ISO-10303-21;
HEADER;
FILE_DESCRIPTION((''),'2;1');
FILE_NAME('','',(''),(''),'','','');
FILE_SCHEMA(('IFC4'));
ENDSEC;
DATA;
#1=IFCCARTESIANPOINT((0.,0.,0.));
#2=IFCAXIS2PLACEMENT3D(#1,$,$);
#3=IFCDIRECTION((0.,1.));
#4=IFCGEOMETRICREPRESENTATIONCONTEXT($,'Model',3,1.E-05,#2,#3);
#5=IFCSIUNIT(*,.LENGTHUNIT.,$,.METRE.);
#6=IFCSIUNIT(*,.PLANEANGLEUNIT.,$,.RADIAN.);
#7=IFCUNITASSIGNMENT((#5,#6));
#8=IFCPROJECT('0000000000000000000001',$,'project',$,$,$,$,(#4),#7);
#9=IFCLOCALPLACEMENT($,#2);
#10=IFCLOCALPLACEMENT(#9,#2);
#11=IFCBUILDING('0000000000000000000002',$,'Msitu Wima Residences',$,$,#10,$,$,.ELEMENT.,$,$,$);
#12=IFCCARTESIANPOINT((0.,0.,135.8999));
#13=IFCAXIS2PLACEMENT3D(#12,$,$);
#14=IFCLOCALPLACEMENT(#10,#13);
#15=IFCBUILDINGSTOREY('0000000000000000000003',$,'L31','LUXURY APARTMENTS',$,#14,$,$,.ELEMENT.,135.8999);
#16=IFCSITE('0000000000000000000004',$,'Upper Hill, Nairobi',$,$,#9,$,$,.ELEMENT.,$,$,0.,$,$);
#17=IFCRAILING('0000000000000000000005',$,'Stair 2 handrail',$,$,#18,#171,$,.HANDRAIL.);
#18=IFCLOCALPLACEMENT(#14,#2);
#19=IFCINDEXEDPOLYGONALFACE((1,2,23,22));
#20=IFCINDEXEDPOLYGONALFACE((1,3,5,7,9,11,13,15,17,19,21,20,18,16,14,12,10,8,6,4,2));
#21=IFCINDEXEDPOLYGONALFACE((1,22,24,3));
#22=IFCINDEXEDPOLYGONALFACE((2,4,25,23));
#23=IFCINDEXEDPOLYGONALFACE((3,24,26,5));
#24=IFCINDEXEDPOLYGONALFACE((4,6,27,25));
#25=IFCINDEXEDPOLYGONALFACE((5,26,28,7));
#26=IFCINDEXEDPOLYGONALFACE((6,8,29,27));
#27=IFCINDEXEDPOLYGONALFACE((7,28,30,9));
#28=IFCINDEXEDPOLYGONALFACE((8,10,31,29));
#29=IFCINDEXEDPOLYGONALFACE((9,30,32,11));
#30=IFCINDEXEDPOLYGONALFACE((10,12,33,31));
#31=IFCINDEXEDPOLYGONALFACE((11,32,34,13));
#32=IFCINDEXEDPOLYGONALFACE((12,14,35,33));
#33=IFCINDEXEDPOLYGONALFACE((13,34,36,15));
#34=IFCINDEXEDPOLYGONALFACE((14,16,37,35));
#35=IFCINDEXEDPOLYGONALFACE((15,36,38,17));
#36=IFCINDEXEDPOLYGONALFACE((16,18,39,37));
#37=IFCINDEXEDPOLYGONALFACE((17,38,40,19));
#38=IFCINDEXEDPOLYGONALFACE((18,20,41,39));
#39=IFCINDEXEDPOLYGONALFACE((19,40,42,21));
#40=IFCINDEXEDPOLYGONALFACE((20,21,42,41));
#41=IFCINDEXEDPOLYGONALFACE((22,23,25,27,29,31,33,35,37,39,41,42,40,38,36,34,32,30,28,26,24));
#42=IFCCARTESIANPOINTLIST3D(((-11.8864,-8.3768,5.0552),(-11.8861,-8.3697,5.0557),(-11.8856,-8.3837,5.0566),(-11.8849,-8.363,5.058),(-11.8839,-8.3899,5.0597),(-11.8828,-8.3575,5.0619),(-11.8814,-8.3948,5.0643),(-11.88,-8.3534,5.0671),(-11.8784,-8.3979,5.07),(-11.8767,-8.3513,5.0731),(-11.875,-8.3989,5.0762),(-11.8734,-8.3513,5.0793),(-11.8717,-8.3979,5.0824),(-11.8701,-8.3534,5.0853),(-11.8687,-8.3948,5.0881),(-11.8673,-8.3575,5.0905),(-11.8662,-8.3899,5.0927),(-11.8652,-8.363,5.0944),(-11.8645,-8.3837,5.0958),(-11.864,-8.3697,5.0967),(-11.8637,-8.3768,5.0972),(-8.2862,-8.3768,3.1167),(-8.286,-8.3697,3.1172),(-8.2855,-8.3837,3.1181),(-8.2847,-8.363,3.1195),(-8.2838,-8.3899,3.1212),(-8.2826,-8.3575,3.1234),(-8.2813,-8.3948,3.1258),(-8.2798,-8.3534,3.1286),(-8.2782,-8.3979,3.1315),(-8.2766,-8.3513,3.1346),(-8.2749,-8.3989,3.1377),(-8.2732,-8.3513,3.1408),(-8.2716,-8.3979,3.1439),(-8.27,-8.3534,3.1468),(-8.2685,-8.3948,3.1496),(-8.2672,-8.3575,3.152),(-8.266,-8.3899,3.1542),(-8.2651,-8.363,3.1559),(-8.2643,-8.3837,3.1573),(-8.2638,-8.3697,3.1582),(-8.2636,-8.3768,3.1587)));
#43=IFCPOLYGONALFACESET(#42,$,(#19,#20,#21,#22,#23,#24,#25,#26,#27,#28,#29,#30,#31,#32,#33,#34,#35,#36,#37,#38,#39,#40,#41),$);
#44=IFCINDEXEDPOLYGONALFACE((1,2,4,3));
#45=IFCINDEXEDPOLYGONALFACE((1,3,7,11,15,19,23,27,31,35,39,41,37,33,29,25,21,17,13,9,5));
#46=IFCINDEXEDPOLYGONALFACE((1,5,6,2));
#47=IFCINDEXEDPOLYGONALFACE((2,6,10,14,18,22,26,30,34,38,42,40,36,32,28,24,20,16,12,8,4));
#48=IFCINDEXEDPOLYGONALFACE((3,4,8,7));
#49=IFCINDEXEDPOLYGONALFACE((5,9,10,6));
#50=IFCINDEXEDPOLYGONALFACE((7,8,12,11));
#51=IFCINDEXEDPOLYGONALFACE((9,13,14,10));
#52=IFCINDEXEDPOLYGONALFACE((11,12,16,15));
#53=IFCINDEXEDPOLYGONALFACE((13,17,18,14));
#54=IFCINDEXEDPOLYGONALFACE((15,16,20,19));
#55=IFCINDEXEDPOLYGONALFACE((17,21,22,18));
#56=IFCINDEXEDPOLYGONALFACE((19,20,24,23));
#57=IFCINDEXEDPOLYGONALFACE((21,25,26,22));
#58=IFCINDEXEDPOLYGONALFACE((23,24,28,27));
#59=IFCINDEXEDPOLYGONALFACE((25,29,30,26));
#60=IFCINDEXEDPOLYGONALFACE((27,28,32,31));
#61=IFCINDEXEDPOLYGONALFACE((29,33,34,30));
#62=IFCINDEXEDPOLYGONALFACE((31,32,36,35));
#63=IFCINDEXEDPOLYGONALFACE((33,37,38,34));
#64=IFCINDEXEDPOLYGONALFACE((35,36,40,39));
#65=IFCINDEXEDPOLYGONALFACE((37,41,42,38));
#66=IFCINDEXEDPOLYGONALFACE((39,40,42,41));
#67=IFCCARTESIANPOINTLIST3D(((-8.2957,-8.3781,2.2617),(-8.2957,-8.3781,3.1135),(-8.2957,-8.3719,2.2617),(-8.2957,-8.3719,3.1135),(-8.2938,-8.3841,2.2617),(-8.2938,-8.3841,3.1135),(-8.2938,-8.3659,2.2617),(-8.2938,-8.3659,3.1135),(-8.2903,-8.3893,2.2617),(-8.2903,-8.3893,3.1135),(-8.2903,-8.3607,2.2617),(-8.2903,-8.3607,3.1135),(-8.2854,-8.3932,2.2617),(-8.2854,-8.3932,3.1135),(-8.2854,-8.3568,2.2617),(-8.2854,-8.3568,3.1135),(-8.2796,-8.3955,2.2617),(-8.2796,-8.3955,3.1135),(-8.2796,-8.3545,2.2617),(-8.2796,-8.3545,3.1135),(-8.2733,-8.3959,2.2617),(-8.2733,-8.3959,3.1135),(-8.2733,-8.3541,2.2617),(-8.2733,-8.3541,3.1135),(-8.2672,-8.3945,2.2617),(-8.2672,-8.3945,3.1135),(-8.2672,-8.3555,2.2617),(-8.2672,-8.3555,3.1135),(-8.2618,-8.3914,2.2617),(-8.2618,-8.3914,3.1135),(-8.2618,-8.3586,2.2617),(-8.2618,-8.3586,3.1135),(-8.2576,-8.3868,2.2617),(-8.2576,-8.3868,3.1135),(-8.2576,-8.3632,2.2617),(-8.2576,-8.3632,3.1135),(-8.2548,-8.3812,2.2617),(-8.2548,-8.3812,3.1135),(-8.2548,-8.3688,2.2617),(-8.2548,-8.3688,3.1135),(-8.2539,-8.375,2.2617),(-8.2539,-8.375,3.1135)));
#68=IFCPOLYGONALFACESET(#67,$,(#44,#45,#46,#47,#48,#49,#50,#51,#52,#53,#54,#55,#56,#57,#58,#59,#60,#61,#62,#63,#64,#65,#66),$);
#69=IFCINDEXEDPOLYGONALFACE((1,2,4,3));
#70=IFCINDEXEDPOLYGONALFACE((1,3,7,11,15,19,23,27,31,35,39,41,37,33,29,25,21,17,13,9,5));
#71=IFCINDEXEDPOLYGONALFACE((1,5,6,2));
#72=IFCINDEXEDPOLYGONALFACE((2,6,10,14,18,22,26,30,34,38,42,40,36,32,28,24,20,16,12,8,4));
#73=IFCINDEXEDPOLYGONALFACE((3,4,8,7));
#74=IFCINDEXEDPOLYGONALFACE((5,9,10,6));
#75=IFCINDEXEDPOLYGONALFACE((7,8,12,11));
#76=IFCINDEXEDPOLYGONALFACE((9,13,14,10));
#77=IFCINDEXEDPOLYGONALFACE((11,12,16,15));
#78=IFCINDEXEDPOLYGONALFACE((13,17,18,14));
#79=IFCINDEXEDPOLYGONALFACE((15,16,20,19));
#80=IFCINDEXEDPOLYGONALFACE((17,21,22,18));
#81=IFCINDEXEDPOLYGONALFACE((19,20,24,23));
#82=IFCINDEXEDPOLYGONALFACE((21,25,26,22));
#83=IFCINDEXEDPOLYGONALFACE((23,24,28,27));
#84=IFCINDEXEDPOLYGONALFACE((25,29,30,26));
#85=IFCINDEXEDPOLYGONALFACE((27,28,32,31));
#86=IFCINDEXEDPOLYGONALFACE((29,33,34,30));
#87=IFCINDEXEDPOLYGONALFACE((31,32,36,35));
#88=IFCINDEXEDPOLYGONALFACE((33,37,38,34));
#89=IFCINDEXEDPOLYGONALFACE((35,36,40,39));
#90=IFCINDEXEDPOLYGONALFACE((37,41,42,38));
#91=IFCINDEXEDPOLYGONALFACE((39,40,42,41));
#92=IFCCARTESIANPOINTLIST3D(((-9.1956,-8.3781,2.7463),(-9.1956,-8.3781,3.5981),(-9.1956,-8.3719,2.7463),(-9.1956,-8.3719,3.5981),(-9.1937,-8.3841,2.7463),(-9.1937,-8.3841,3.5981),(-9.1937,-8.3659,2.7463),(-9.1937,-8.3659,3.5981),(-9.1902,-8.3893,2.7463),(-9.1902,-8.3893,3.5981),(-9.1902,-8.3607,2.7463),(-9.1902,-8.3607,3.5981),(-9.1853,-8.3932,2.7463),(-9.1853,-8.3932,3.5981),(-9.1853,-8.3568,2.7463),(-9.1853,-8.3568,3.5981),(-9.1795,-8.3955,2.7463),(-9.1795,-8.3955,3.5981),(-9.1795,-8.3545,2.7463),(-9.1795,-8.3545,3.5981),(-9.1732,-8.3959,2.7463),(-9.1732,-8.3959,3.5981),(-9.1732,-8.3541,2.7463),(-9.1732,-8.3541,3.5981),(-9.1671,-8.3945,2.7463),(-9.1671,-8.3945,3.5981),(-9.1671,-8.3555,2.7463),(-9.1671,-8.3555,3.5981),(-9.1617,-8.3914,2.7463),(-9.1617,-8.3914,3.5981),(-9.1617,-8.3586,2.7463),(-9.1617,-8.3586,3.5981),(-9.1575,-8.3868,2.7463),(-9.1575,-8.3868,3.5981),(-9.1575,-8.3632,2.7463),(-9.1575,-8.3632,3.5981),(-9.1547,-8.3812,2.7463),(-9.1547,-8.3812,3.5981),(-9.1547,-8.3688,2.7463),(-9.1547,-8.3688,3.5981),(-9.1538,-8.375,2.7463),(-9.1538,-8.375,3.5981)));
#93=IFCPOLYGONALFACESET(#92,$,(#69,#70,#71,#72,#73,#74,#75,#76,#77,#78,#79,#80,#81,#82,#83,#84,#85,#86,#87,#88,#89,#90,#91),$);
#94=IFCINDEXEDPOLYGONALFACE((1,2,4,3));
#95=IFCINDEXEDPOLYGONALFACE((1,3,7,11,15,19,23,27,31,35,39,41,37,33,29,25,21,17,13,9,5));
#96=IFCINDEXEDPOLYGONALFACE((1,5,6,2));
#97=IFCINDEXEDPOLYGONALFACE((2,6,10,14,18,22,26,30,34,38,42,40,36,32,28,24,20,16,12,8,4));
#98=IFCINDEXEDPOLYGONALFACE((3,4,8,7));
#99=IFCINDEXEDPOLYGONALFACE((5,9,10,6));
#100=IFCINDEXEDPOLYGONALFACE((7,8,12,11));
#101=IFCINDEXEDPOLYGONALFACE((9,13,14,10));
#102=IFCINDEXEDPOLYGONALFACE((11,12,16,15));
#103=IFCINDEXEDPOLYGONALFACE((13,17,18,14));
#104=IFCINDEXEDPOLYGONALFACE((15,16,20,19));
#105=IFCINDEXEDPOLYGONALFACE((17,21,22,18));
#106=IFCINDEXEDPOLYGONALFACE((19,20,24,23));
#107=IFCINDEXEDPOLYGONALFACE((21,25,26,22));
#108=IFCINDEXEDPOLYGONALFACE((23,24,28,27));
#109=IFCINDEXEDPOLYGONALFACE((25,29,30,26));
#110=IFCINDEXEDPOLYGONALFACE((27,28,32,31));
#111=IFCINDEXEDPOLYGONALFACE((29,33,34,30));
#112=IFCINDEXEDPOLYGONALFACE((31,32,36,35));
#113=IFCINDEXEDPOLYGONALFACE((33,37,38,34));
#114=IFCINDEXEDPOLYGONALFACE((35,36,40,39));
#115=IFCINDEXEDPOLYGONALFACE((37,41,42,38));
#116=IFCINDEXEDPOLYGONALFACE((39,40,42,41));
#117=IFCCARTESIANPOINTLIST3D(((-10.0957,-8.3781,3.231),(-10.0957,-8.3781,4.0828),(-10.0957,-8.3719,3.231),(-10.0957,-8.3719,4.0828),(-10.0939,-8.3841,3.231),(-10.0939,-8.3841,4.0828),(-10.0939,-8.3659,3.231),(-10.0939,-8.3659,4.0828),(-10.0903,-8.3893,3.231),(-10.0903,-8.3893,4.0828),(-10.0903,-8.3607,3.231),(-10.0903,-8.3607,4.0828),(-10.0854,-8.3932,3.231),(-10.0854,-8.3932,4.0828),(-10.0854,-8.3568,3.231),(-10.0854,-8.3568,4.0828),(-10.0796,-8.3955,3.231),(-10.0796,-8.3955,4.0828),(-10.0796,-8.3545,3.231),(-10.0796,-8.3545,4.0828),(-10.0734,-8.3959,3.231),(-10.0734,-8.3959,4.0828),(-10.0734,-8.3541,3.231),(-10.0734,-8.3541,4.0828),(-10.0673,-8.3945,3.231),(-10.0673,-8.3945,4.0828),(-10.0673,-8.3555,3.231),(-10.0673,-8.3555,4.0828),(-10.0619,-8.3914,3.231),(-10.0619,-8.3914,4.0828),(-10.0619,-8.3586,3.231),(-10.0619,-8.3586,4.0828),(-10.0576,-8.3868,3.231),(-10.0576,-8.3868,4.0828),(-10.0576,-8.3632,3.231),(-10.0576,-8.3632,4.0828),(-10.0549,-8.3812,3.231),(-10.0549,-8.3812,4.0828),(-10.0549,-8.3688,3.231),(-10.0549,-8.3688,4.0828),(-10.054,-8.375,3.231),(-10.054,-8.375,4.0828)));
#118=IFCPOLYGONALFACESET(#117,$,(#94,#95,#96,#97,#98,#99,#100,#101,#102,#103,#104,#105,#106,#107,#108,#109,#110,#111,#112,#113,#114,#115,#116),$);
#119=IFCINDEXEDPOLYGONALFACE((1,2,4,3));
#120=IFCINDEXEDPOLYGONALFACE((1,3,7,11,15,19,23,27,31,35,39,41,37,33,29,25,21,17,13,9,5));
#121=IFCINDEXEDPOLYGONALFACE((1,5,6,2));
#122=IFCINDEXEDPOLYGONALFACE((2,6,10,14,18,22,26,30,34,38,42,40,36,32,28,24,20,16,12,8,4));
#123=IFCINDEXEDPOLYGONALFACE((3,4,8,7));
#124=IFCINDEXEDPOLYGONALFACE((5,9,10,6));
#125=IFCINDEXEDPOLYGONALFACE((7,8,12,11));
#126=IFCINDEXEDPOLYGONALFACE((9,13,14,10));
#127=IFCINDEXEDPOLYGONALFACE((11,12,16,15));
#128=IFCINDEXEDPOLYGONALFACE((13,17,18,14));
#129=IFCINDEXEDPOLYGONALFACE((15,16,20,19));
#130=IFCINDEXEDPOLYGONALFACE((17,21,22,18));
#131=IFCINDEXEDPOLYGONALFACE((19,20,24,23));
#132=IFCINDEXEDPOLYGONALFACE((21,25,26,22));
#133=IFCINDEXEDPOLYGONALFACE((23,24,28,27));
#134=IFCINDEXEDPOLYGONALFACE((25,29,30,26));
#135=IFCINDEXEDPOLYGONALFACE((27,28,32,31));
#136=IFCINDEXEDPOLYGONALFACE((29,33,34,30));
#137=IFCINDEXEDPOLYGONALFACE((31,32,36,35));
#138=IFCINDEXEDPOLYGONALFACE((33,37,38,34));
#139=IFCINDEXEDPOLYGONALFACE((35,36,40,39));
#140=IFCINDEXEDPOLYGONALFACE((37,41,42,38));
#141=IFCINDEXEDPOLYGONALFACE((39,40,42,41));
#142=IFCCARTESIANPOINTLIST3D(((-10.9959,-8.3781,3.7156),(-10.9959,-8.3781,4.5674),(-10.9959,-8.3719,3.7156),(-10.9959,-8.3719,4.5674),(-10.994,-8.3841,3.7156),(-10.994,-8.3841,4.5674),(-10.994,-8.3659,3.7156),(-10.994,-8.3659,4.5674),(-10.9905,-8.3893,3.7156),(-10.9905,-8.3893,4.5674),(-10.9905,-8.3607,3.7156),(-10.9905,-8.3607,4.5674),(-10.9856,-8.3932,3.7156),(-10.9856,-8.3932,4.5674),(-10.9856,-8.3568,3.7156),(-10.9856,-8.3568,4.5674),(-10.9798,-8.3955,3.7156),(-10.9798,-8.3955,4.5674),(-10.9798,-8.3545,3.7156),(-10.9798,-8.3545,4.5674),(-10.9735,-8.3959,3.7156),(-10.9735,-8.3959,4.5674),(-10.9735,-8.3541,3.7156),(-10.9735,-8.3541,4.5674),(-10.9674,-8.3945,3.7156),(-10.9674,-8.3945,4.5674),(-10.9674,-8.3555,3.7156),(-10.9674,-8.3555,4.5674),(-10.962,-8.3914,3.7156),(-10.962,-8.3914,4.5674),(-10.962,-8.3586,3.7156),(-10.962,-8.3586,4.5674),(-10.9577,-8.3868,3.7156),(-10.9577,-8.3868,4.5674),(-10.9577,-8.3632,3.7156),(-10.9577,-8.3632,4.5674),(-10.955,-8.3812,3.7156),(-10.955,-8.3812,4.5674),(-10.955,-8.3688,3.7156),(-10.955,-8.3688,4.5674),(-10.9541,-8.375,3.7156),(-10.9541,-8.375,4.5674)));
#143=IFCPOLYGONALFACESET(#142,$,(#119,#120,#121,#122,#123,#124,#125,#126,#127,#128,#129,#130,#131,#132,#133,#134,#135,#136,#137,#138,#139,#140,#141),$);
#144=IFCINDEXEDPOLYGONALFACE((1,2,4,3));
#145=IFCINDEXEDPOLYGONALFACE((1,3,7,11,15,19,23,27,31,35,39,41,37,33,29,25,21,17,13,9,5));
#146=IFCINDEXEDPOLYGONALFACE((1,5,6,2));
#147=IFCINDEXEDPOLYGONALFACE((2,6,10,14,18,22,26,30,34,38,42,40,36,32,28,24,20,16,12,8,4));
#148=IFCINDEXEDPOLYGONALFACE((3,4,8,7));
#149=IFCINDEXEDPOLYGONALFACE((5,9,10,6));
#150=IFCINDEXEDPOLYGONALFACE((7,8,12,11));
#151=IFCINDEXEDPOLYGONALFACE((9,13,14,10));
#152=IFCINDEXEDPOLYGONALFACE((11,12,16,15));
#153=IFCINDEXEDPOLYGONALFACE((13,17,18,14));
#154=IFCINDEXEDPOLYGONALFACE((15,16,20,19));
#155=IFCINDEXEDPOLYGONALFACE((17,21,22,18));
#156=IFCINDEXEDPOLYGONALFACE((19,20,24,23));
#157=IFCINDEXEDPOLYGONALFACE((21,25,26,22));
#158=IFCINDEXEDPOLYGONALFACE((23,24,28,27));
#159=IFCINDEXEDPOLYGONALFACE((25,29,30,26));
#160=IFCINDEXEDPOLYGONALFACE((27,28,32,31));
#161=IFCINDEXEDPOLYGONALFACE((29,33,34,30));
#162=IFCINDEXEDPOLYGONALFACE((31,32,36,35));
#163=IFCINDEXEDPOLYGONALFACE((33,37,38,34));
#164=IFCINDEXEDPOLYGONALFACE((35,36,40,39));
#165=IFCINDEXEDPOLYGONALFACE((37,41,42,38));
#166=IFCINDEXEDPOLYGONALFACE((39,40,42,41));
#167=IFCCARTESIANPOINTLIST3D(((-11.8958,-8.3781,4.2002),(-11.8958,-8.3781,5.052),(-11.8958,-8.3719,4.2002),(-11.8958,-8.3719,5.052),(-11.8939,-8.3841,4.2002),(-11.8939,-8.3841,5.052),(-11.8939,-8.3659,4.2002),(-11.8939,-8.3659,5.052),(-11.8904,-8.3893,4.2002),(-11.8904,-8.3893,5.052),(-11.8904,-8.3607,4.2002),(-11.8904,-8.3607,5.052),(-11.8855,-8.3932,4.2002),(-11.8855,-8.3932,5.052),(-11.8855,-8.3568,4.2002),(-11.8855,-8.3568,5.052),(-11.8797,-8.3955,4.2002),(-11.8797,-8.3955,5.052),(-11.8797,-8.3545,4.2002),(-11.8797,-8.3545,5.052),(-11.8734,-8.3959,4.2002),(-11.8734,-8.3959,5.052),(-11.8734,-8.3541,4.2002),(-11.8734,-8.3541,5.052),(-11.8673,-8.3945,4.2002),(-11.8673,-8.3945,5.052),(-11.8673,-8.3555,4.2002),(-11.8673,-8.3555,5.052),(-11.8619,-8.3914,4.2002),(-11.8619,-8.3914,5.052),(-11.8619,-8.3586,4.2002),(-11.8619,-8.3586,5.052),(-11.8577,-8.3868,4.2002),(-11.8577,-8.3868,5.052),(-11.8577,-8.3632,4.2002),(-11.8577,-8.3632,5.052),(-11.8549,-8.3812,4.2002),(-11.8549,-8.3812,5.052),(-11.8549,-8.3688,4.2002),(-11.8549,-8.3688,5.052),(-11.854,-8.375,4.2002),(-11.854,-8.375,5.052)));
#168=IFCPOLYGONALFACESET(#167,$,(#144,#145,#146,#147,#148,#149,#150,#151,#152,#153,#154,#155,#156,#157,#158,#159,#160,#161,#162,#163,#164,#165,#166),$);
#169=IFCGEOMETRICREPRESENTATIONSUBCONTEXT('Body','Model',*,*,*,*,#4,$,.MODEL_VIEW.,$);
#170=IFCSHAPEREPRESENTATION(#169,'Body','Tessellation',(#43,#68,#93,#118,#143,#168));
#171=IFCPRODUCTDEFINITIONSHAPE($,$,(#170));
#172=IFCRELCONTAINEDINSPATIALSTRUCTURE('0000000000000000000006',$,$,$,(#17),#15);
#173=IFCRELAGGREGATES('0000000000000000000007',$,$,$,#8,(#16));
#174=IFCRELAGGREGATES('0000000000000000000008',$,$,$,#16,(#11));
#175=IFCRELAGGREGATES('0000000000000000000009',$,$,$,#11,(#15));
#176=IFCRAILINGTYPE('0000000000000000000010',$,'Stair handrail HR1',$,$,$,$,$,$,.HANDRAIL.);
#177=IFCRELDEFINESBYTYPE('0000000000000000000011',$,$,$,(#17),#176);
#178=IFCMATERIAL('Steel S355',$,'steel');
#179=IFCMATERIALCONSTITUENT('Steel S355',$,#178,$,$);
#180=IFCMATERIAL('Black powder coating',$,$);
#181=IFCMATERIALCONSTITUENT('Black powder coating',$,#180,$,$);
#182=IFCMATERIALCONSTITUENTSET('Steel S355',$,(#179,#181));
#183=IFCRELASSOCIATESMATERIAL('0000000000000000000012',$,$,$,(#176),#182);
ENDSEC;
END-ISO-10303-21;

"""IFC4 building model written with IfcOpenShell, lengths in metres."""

from ifc_helpers import new_model, si_unit, direction, frame, origin, origin_2d, place, context, subcontext, project, spatial, circle, extrude, material, constituent, constituent_set, type_object, element, save


model = new_model("IFC4")

# Units and contexts
model_context = context("Model", 3, precision=1e-05, world=origin(), true_north=direction((0.0, 1.0)))
body_context = subcontext(model_context, "Body", "Model", "MODEL_VIEW")
ifc_project = project(units=[si_unit("LENGTHUNIT", "METRE"), si_unit("PLANEANGLEUNIT", "RADIAN")], contexts=[model_context])

# Site, building, storey
site_placement = place(None, origin())
site = spatial("IfcSite", under=ifc_project, at=site_placement, Name="Upper Hill, Nairobi", CompositionType="ELEMENT", RefElevation=0.0)
building_placement = place(site_placement, origin())
building = spatial("IfcBuilding", under=site, at=building_placement, Name="Msitu Wima Residences", CompositionType="ELEMENT")
storey_placement = place(building_placement, frame((0.0, 0.0, 135.8999)))
storey = spatial("IfcBuildingStorey", under=building, at=storey_placement, Name="L31", Description="LUXURY APARTMENTS", CompositionType="ELEMENT", Elevation=135.8999)

# Railing
ifc_material_1 = material(Name="Steel S355", Category="steel")
ifc_constituent_1 = constituent(ifc_material_1, Name="Steel S355")
ifc_material_2 = material(Name="Black powder coating")
ifc_constituent_2 = constituent(ifc_material_2, Name="Black powder coating")
ifc_constituent_set = constituent_set(constituents=[ifc_constituent_1, ifc_constituent_2], Name="Steel S355")
railing_type = type_object("IfcRailingType", Name="Stair handrail HR1", PredefinedType="HANDRAIL", material=ifc_constituent_set)
for number, where, name in (
    (1, (-8.2749, -8.375, 2.2617), "Stair 2 handrail"),
):
    element("IfcRailing", number, at=place(storey_placement, frame(where)), inside=storey, type_object=railing_type, Name=name, PredefinedType="HANDRAIL", context=body_context, shape_type="SweptSolid", body=[
        extrude(circle(Radius=0.0239, at=origin_2d()), frame((0.0, 0.0, 0.876), z_axis=(-0.880475, 0.0, 0.474093), x_axis=(0.0, -1.0, 0.0)), (0.0, 0.0, 1.0), 4.0889),
        extrude(circle(Radius=0.021, at=origin_2d()), origin(), (0.0, 0.0, 1.0), 0.8518),
        extrude(circle(Radius=0.021, at=origin_2d()), frame((-0.8999, 0.0, 0.4846)), (0.0, 0.0, 1.0), 0.8518),
        extrude(circle(Radius=0.021, at=origin_2d()), frame((-1.8, 0.0, 0.9692)), (0.0, 0.0, 1.0), 0.8518),
        extrude(circle(Radius=0.021, at=origin_2d()), frame((-2.7002, 0.0, 1.4539)), (0.0, 0.0, 1.0), 0.8518),
        extrude(circle(Radius=0.021, at=origin_2d()), frame((-3.6001, 0.0, 1.9385)), (0.0, 0.0, 1.0), 0.8518),
    ])

save(model, "model.ifc")
